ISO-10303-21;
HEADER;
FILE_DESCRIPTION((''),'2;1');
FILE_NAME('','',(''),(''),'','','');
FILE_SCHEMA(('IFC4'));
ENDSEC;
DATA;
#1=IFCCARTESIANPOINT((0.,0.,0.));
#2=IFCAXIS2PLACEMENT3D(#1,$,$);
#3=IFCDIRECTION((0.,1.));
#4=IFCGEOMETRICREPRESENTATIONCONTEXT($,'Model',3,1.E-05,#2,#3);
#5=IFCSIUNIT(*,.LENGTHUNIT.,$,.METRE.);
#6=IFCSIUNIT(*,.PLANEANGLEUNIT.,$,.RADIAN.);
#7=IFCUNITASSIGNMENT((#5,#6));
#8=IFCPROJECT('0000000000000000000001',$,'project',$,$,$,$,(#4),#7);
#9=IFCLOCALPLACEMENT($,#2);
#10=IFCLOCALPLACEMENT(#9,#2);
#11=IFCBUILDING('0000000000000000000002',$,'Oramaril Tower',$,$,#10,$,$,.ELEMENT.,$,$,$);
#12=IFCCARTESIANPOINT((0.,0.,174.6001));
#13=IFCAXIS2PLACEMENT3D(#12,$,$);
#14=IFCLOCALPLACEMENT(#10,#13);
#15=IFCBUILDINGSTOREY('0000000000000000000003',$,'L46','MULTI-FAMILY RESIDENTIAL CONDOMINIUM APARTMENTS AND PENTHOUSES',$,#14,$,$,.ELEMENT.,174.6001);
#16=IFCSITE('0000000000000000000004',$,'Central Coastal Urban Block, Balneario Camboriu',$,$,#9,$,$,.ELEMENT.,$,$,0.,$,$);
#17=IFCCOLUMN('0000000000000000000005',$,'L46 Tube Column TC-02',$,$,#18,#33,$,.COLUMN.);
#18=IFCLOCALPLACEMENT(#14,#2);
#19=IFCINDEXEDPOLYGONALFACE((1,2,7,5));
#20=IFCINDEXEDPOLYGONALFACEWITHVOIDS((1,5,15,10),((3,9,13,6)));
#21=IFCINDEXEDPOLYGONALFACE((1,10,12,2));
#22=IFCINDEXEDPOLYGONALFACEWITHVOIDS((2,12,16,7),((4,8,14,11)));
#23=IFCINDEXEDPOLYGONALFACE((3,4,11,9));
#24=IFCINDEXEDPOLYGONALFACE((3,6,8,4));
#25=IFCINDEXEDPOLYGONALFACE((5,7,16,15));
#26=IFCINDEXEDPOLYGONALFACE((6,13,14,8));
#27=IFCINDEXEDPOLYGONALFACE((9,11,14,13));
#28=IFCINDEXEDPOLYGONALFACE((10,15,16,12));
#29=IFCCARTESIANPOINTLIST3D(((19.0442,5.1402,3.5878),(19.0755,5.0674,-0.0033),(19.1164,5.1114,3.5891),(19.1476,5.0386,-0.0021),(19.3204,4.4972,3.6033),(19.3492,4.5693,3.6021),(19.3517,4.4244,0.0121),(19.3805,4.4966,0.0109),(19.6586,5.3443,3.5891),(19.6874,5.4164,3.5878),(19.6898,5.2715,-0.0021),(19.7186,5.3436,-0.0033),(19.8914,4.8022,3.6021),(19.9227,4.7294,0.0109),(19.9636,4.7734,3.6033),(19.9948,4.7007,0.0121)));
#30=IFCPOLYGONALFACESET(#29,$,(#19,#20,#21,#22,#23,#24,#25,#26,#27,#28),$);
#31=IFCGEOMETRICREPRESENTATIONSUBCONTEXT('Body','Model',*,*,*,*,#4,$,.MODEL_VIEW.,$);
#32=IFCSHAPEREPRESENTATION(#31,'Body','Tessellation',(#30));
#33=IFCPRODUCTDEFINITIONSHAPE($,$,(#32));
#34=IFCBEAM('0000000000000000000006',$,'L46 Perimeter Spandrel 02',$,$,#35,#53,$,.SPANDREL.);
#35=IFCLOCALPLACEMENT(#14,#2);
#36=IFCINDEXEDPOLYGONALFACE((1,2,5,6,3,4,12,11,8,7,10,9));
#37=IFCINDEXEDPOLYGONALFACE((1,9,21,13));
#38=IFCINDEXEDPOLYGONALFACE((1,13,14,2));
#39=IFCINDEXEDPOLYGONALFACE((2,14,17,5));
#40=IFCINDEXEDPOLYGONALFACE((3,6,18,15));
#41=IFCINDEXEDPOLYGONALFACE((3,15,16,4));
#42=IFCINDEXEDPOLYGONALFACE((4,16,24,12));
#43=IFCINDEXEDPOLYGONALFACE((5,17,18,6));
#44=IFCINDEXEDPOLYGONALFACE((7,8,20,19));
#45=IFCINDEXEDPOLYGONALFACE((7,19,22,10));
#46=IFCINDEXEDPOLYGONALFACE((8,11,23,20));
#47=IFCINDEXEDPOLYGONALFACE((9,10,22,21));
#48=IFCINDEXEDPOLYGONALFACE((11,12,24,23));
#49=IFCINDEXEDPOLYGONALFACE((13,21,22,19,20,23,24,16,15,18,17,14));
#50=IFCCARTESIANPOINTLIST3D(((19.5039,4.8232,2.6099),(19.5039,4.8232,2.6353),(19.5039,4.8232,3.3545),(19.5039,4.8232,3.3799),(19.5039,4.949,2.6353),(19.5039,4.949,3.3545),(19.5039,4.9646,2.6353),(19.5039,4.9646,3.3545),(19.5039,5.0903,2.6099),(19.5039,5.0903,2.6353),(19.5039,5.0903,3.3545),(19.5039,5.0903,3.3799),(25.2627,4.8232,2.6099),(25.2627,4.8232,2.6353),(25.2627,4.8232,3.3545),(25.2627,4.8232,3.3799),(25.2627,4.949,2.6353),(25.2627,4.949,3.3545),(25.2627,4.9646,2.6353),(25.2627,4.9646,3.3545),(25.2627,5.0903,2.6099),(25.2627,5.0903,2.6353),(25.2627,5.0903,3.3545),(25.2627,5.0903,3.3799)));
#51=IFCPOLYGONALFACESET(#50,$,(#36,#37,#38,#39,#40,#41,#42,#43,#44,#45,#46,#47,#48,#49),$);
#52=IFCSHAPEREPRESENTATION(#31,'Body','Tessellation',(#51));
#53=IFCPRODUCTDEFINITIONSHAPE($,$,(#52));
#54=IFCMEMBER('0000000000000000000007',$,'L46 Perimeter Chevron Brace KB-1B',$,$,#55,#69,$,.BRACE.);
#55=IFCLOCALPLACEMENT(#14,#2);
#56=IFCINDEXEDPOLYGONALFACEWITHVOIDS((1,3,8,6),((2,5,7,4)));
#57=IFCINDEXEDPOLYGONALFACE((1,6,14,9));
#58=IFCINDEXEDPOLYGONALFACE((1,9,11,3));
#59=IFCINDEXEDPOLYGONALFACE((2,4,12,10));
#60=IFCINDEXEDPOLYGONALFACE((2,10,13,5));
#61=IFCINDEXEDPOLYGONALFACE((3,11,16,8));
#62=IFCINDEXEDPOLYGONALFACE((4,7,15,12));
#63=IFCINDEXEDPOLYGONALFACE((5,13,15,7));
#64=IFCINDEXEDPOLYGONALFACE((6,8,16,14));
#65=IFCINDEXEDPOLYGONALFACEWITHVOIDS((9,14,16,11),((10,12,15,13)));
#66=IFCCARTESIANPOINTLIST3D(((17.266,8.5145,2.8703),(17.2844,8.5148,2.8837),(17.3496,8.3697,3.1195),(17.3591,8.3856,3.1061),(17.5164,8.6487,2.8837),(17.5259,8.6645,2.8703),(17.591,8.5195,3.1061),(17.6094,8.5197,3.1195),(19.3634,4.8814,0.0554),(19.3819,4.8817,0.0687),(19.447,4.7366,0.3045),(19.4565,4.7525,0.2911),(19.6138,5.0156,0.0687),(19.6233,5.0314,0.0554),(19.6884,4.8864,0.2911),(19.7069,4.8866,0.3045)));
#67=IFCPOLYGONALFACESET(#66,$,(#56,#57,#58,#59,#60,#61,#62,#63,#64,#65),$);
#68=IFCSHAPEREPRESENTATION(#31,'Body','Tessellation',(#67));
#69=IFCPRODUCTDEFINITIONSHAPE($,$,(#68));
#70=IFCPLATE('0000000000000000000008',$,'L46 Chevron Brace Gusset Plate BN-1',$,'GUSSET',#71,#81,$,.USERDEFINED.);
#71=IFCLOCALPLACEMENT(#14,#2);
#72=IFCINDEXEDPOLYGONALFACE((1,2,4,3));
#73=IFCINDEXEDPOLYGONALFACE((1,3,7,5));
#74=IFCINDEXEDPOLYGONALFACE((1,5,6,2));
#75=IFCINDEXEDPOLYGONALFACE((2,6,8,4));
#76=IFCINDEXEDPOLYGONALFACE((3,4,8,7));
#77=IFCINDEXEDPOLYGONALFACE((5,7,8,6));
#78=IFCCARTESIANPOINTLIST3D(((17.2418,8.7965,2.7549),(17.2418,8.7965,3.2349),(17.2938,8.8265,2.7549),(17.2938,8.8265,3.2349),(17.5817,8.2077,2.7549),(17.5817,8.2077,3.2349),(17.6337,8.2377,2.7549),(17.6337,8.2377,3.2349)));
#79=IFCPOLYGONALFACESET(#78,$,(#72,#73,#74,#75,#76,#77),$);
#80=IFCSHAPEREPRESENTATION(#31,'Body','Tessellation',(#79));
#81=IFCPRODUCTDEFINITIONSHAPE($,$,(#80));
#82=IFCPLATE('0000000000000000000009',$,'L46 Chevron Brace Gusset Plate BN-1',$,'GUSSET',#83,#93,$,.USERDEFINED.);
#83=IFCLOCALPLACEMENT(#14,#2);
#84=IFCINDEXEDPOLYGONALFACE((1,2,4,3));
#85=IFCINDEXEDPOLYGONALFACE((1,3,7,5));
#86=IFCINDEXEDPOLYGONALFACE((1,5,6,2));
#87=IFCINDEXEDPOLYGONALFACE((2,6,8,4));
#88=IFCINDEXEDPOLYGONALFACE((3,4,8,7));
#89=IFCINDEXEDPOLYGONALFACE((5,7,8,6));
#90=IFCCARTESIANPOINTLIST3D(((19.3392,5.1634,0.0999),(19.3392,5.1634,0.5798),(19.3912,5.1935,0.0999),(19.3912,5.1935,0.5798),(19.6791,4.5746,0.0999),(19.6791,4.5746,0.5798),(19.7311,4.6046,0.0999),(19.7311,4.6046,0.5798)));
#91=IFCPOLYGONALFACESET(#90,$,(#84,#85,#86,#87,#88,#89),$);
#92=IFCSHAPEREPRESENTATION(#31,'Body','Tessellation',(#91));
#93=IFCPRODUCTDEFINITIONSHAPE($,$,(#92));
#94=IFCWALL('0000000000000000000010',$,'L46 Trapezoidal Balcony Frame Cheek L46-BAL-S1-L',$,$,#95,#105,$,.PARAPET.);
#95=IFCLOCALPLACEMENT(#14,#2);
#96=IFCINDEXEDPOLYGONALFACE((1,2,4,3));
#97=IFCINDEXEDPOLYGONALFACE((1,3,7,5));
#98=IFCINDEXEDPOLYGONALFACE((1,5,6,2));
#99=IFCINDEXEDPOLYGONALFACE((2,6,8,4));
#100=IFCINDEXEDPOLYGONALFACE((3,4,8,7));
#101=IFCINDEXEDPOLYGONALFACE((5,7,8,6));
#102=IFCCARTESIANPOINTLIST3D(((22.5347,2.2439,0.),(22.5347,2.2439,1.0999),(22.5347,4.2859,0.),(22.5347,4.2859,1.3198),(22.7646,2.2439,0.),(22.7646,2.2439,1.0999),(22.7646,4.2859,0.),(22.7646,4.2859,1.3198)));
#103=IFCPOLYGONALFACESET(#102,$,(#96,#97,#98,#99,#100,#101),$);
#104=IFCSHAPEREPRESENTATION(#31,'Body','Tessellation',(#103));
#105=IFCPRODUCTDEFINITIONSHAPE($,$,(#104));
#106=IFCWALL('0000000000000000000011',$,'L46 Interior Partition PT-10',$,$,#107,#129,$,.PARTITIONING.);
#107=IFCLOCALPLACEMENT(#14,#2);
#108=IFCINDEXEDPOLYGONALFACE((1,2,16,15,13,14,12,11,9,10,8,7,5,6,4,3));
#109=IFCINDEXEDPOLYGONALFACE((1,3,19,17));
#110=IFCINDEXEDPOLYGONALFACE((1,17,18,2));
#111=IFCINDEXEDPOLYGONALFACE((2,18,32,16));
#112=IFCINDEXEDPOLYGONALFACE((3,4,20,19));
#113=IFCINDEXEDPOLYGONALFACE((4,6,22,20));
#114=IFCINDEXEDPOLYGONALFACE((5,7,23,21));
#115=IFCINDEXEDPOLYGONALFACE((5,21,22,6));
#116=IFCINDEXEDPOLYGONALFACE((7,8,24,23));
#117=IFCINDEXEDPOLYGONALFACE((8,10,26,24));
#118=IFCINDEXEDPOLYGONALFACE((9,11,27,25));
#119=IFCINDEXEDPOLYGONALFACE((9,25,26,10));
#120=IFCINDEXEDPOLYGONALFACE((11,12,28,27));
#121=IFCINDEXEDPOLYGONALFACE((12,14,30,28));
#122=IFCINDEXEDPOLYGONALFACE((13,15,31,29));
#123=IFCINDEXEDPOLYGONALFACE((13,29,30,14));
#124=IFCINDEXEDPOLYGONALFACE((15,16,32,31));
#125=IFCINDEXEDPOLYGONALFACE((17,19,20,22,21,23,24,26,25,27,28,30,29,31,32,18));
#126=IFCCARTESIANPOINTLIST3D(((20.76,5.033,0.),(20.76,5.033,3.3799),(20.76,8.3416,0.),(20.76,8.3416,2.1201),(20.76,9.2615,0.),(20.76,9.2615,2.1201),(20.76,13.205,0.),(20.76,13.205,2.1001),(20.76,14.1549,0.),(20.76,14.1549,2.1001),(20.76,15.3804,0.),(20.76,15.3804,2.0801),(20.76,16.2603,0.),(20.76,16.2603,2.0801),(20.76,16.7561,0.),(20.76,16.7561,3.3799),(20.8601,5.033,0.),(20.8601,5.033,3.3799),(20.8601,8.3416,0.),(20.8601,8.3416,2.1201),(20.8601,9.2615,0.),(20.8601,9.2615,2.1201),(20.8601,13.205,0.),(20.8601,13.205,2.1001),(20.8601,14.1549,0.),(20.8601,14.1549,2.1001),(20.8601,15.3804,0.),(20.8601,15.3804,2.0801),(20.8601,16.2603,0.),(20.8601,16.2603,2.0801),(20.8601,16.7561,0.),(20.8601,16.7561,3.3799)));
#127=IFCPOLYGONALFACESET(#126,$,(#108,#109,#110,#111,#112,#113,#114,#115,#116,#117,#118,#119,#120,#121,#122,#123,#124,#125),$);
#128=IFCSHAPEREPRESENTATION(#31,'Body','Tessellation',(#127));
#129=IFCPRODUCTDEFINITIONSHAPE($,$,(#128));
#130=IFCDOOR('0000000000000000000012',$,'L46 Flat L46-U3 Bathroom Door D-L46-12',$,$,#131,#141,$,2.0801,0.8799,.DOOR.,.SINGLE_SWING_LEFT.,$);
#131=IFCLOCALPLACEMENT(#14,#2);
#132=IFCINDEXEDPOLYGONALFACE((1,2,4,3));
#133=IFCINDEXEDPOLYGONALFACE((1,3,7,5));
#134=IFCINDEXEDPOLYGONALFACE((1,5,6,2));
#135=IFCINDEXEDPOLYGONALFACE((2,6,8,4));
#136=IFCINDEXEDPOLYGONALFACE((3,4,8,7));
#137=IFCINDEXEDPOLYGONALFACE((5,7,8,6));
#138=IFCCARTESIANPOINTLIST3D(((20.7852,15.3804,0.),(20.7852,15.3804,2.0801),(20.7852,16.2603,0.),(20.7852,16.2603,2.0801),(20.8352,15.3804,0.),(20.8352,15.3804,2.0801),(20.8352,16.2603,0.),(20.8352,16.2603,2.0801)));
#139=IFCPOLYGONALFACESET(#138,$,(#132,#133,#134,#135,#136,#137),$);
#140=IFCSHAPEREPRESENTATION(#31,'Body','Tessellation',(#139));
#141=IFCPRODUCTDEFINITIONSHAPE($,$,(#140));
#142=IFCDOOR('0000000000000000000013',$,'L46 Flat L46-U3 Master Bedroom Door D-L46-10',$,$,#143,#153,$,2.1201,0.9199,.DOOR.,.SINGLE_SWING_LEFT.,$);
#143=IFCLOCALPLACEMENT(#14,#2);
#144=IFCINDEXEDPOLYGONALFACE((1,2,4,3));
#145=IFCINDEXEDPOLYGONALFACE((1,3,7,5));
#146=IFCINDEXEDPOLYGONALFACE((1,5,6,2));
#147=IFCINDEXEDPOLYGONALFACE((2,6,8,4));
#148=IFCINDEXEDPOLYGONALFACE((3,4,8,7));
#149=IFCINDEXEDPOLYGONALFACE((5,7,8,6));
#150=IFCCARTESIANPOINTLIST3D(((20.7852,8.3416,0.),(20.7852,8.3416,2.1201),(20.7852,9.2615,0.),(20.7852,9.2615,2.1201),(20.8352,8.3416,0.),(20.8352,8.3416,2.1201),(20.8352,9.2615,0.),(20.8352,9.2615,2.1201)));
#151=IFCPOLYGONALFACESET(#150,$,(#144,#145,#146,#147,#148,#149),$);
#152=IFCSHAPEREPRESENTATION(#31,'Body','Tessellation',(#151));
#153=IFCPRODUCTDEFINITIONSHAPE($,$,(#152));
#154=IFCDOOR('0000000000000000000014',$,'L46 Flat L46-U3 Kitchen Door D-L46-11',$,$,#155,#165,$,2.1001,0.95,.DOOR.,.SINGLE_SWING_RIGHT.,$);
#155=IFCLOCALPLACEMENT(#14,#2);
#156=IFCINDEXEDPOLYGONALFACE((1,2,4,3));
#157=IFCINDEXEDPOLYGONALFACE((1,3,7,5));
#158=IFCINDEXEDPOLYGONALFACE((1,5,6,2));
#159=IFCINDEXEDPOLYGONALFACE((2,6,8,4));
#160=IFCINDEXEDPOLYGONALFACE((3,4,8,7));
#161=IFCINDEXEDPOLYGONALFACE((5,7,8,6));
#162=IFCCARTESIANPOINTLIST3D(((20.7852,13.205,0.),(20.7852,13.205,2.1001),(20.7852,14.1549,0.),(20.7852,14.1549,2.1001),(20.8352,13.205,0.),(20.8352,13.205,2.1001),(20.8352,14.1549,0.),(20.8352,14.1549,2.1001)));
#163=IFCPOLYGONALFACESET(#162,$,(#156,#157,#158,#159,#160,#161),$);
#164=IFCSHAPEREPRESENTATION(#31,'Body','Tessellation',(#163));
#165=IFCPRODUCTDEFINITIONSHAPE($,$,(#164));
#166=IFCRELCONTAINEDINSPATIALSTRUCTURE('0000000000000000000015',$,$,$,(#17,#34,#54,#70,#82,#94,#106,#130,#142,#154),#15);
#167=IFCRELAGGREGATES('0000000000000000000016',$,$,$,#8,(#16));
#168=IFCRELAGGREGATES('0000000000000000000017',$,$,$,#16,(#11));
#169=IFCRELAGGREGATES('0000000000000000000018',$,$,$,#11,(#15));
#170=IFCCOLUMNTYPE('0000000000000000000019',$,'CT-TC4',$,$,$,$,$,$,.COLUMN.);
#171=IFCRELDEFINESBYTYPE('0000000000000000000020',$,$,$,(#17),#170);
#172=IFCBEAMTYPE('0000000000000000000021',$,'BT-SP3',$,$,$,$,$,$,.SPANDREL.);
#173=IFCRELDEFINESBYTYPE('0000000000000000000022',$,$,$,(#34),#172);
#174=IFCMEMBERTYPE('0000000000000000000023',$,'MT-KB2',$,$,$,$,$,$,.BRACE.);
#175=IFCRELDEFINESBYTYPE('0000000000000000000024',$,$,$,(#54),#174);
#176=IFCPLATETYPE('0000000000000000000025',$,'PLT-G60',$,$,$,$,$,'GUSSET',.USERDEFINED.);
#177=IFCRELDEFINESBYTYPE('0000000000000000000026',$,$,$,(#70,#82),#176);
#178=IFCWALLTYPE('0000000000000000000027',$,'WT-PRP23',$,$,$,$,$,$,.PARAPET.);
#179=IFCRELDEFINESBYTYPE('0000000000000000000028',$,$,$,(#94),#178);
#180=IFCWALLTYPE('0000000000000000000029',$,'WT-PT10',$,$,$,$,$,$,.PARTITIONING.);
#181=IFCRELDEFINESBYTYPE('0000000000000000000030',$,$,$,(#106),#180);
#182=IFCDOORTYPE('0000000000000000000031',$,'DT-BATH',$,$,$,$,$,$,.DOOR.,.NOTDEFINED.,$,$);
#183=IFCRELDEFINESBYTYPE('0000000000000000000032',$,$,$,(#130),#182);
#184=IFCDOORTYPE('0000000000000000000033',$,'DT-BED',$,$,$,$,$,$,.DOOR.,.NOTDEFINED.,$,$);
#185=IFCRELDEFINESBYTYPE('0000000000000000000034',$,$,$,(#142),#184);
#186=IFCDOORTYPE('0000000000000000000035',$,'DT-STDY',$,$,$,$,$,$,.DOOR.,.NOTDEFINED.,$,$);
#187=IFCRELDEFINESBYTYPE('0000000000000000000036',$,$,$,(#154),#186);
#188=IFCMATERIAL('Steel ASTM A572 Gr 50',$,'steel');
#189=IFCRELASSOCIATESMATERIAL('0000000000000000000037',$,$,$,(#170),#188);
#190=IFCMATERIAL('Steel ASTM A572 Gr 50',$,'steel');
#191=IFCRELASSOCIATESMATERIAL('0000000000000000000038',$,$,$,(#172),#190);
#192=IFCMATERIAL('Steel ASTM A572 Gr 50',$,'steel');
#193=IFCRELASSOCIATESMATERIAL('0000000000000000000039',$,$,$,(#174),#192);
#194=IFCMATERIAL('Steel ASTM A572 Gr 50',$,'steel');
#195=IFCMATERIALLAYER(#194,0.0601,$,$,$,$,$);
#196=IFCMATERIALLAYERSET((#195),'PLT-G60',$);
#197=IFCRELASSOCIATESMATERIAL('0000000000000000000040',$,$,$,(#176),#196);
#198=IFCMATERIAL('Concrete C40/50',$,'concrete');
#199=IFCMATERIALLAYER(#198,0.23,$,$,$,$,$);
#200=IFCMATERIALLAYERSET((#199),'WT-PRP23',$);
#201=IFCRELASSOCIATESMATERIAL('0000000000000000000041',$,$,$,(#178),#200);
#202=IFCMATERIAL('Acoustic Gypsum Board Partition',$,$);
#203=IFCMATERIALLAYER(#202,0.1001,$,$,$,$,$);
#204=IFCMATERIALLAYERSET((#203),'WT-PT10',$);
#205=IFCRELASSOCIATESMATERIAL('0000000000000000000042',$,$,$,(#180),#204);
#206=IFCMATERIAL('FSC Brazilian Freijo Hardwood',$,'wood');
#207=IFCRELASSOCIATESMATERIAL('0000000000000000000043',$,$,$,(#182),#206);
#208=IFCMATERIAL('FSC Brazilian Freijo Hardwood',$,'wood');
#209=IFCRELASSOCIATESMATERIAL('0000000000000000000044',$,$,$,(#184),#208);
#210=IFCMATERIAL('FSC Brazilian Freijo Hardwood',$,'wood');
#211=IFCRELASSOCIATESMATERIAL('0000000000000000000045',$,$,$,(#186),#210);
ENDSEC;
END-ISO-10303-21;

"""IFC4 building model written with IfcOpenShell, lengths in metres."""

from ifc_helpers import new_model, si_unit, direction, frame, frame_2d, origin, origin_2d, place, context, subcontext, project, spatial, polyline, rectangle, hollow_rectangle, i_section, outline, extrude, material, layer, layer_set, material_profile, profile_set, type_object, element, fill, save


model = new_model("IFC4")

# Units and contexts
model_context = context("Model", 3, precision=1e-05, world=origin(), true_north=direction((0.0, 1.0)))
body_context = subcontext(model_context, "Body", "Model", "MODEL_VIEW")
ifc_project = project(units=[si_unit("LENGTHUNIT", "METRE"), si_unit("PLANEANGLEUNIT", "RADIAN")], contexts=[model_context])

# Site, building, storey
site_placement = place(None, origin())
site = spatial("IfcSite", under=ifc_project, at=site_placement, Name="Central Coastal Urban Block, Balneario Camboriu", CompositionType="ELEMENT", RefElevation=0.0)
building_placement = place(site_placement, origin())
building = spatial("IfcBuilding", under=site, at=building_placement, Name="Oramaril Tower", CompositionType="ELEMENT")
storey_placement = place(building_placement, frame((0.0, 0.0, 174.6001)))
storey = spatial("IfcBuildingStorey", under=building, at=storey_placement, Name="L46", Description="MULTI-FAMILY RESIDENTIAL CONDOMINIUM APARTMENTS AND PENTHOUSES", CompositionType="ELEMENT", Elevation=174.6001)

# Column
ifc_material_1 = material(Name="Steel ASTM A572 Gr 50", Category="steel")
ifc_material_profile_1 = material_profile(ifc_material_1, hollow_rectangle(XDim=0.7, YDim=0.7, WallThickness=0.0549, at=origin_2d()), Name="BOX700X700X55")
ifc_profile_set_1 = profile_set([ifc_material_profile_1], Name="Steel ASTM A572 Gr 50")
column_type = type_object("IfcColumnType", Name="CT-TC4", PredefinedType="COLUMN", material=ifc_profile_set_1)
column_placement = place(storey_placement, frame((19.5352, 4.884, 0.0044), z_axis=(-0.0087, 0.020255, 0.999757), x_axis=(-0.918826, -0.394663, 0.0)))
element("IfcColumn", 1, at=column_placement, inside=storey, type_object=column_type, Name="L46 Tube Column TC-02", PredefinedType="COLUMN", context=body_context, shape_type="SweptSolid", body=[
    extrude(hollow_rectangle(XDim=0.7, YDim=0.7, WallThickness=0.0549, at=origin_2d()), origin(), (0.0, 0.0, 1.0), 3.592),
])

# Beam
ifc_material_2 = material(Name="Steel ASTM A572 Gr 50", Category="steel")
ifc_material_profile_2 = material_profile(ifc_material_2, i_section(OverallWidth=0.2671, OverallDepth=0.77, WebThickness=0.0156, FlangeThickness=0.0254, at=origin_2d()), Name="W30X132")
ifc_profile_set_2 = profile_set([ifc_material_profile_2], Name="Steel ASTM A572 Gr 50")
beam_type = type_object("IfcBeamType", Name="BT-SP3", PredefinedType="SPANDREL", material=ifc_profile_set_2)
beam_placement = place(storey_placement, frame((19.5039, 4.9568, 2.9949), z_axis=(1.0, 0.0, 0.0), x_axis=(0.0, 1.0, 0.0)))
element("IfcBeam", 2, at=beam_placement, inside=storey, type_object=beam_type, Name="L46 Perimeter Spandrel 02", PredefinedType="SPANDREL", context=body_context, shape_type="SweptSolid", body=[
    extrude(i_section(OverallWidth=0.2671, OverallDepth=0.77, WebThickness=0.0156, FlangeThickness=0.0254, at=origin_2d()), origin(), (0.0, 0.0, 1.0), 5.7588),
])

# Member
ifc_material_3 = material(Name="Steel ASTM A572 Gr 50", Category="steel")
ifc_material_profile_3 = material_profile(ifc_material_3, hollow_rectangle(XDim=0.3, YDim=0.3, WallThickness=0.0161, at=origin_2d()), Name="HSS300X300X16")
ifc_profile_set_3 = profile_set([ifc_material_profile_3], Name="Steel ASTM A572 Gr 50")
member_type = type_object("IfcMemberType", Name="MT-KB2", PredefinedType="BRACE", material=ifc_profile_set_3)
member_placement = place(storey_placement, frame((19.5352, 4.884, 0.1799), z_axis=(-0.415169, 0.71914, 0.5572), x_axis=(-0.866039, -0.499976, 0.0)))
element("IfcMember", 3, at=member_placement, inside=storey, type_object=member_type, Name="L46 Perimeter Chevron Brace KB-1B", PredefinedType="BRACE", context=body_context, shape_type="SweptSolid", body=[
    extrude(hollow_rectangle(XDim=0.3, YDim=0.3, WallThickness=0.0161, at=origin_2d()), origin(), (0.0, 0.0, 1.0), 5.052),
])

# Plates
ifc_material_4 = material(Name="Steel ASTM A572 Gr 50", Category="steel")
ifc_layer_1 = layer(ifc_material_4, 0.0601)
ifc_layer_set_1 = layer_set([ifc_layer_1], Name="PLT-G60")
plate_type = type_object("IfcPlateType", Name="PLT-G60", ElementType="GUSSET", PredefinedType="USERDEFINED", material=ifc_layer_set_1)
for number, where, z_axis, x_axis, name in (
    (4, (17.4377, 8.5171, 2.7549), (0.0, 0.0, 1.0), (0.499997, -0.866027, 0.0), "L46 Chevron Brace Gusset Plate BN-1"),
    (5, (19.5352, 4.884, 0.0999), (0.0, 0.0, 1.0), (0.499997, -0.866027, 0.0), "L46 Chevron Brace Gusset Plate BN-1"),
):
    element("IfcPlate", number, at=place(storey_placement, frame(where, z_axis=z_axis, x_axis=x_axis)), inside=storey, type_object=plate_type, Name=name, ObjectType="GUSSET", PredefinedType="USERDEFINED", context=body_context, shape_type="SweptSolid", body=[
        extrude(rectangle(XDim=0.6799, YDim=0.0601, at=origin_2d()), origin(), (0.0, 0.0, 1.0), 0.48),
    ])

# Wall
ifc_material_5 = material(Name="Concrete C40/50", Category="concrete")
ifc_layer_2 = layer(ifc_material_5, 0.23)
ifc_layer_set_2 = layer_set([ifc_layer_2], Name="WT-PRP23")
wall_type_1 = type_object("IfcWallType", Name="WT-PRP23", PredefinedType="PARAPET", material=ifc_layer_set_2)
wall_1_placement = place(storey_placement, frame((22.6497, 4.2859, 0.0), z_axis=(0.0, 0.0, 1.0), x_axis=(0.0, -1.0, 0.0)))
element("IfcWall", 6, at=wall_1_placement, inside=storey, type_object=wall_type_1, Name="L46 Trapezoidal Balcony Frame Cheek L46-BAL-S1-L", PredefinedType="PARAPET", context=body_context, shape_type="SweptSolid", body=[
    extrude(outline(polyline([(0.0, 0.0), (2.042, 0.0), (2.042, 1.0999), (0.0, 1.3198), (0.0, 0.0)])), frame((0.0, 0.115, 0.0), z_axis=(0.0, -1.0, 0.0), x_axis=(1.0, 0.0, 0.0)), (0.0, 0.0, 1.0), 0.23),
])

# Wall, openings, doors
ifc_material_6 = material(Name="Acoustic Gypsum Board Partition")
ifc_layer_3 = layer(ifc_material_6, 0.1001)
ifc_layer_set_3 = layer_set([ifc_layer_3], Name="WT-PT10")
wall_type_2 = type_object("IfcWallType", Name="WT-PT10", PredefinedType="PARTITIONING", material=ifc_layer_set_3)
wall_2_placement = place(storey_placement, frame((20.8101, 5.033, 0.0), z_axis=(0.0, 0.0, 1.0), x_axis=(0.0, 1.0, 0.0)))
wall_2 = element("IfcWall", 7, at=wall_2_placement, inside=storey, type_object=wall_type_2, Name="L46 Interior Partition PT-10", PredefinedType="PARTITIONING", context=body_context, shape_type="SweptSolid", body=[
    extrude(rectangle(XDim=11.7231, YDim=0.1001, at=frame_2d((5.8616, 0.0))), origin(), (0.0, 0.0, 1.0), 3.3799),
])
opening_1_placement = place(wall_2_placement, frame((3.3086, 0.0, 0.0)))
opening_1 = element("IfcOpeningElement", 8, at=opening_1_placement, cuts=wall_2, PredefinedType="OPENING", context=body_context, shape_type="SweptSolid", body=[
    extrude(rectangle(XDim=0.9199, YDim=2.1201, at=frame_2d((0.46, 1.0601))), frame((0.0, 0.05, 0.0), z_axis=(0.0, -1.0, 0.0), x_axis=(1.0, 0.0, 0.0)), (0.0, 0.0, 1.0), 0.1001),
])
opening_2_placement = place(wall_2_placement, frame((8.1719, 0.0, 0.0)))
opening_2 = element("IfcOpeningElement", 9, at=opening_2_placement, cuts=wall_2, PredefinedType="OPENING", context=body_context, shape_type="SweptSolid", body=[
    extrude(rectangle(XDim=0.95, YDim=2.1001, at=frame_2d((0.4751, 1.05))), frame((0.0, 0.05, 0.0), z_axis=(0.0, -1.0, 0.0), x_axis=(1.0, 0.0, 0.0)), (0.0, 0.0, 1.0), 0.1001),
])
opening_3_placement = place(wall_2_placement, frame((10.3474, 0.0, 0.0)))
opening_3 = element("IfcOpeningElement", 10, at=opening_3_placement, cuts=wall_2, PredefinedType="OPENING", context=body_context, shape_type="SweptSolid", body=[
    extrude(rectangle(XDim=0.8799, YDim=2.0801, at=frame_2d((0.4399, 1.04))), frame((0.0, 0.05, 0.0), z_axis=(0.0, -1.0, 0.0), x_axis=(1.0, 0.0, 0.0)), (0.0, 0.0, 1.0), 0.1001),
])
ifc_material_7 = material(Name="FSC Brazilian Freijo Hardwood", Category="wood")
door_type_1 = type_object("IfcDoorType", Name="DT-BATH", OperationType="NOTDEFINED", PredefinedType="DOOR", material=ifc_material_7)
door_1_placement = place(opening_3_placement, origin())
door_1 = element("IfcDoor", 11, at=door_1_placement, inside=storey, type_object=door_type_1, Name="L46 Flat L46-U3 Bathroom Door D-L46-12", OperationType="SINGLE_SWING_LEFT", OverallHeight=2.0801, OverallWidth=0.8799, PredefinedType="DOOR", context=body_context, shape_type="SweptSolid", body=[
    extrude(rectangle(XDim=0.8799, YDim=2.0801, at=frame_2d((0.4399, 1.04))), frame((0.0, 0.0249, 0.0), z_axis=(0.0, -1.0, 0.0), x_axis=(1.0, 0.0, 0.0)), (0.0, 0.0, 1.0), 0.05),
])
fill(opening_3, door_1)
ifc_material_8 = material(Name="FSC Brazilian Freijo Hardwood", Category="wood")
door_type_2 = type_object("IfcDoorType", Name="DT-BED", OperationType="NOTDEFINED", PredefinedType="DOOR", material=ifc_material_8)
door_2_placement = place(opening_1_placement, origin())
door_2 = element("IfcDoor", 12, at=door_2_placement, inside=storey, type_object=door_type_2, Name="L46 Flat L46-U3 Master Bedroom Door D-L46-10", OperationType="SINGLE_SWING_LEFT", OverallHeight=2.1201, OverallWidth=0.9199, PredefinedType="DOOR", context=body_context, shape_type="SweptSolid", body=[
    extrude(rectangle(XDim=0.9199, YDim=2.1201, at=frame_2d((0.46, 1.0601))), frame((0.0, 0.0249, 0.0), z_axis=(0.0, -1.0, 0.0), x_axis=(1.0, 0.0, 0.0)), (0.0, 0.0, 1.0), 0.05),
])
fill(opening_1, door_2)
ifc_material_9 = material(Name="FSC Brazilian Freijo Hardwood", Category="wood")
door_type_3 = type_object("IfcDoorType", Name="DT-STDY", OperationType="NOTDEFINED", PredefinedType="DOOR", material=ifc_material_9)
door_3_placement = place(opening_2_placement, origin())
door_3 = element("IfcDoor", 13, at=door_3_placement, inside=storey, type_object=door_type_3, Name="L46 Flat L46-U3 Kitchen Door D-L46-11", OperationType="SINGLE_SWING_RIGHT", OverallHeight=2.1001, OverallWidth=0.95, PredefinedType="DOOR", context=body_context, shape_type="SweptSolid", body=[
    extrude(rectangle(XDim=0.95, YDim=2.1001, at=frame_2d((0.4751, 1.05))), frame((0.0, 0.0249, 0.0), z_axis=(0.0, -1.0, 0.0), x_axis=(1.0, 0.0, 0.0)), (0.0, 0.0, 1.0), 0.05),
])
fill(opening_2, door_3)

save(model, "model.ifc")
